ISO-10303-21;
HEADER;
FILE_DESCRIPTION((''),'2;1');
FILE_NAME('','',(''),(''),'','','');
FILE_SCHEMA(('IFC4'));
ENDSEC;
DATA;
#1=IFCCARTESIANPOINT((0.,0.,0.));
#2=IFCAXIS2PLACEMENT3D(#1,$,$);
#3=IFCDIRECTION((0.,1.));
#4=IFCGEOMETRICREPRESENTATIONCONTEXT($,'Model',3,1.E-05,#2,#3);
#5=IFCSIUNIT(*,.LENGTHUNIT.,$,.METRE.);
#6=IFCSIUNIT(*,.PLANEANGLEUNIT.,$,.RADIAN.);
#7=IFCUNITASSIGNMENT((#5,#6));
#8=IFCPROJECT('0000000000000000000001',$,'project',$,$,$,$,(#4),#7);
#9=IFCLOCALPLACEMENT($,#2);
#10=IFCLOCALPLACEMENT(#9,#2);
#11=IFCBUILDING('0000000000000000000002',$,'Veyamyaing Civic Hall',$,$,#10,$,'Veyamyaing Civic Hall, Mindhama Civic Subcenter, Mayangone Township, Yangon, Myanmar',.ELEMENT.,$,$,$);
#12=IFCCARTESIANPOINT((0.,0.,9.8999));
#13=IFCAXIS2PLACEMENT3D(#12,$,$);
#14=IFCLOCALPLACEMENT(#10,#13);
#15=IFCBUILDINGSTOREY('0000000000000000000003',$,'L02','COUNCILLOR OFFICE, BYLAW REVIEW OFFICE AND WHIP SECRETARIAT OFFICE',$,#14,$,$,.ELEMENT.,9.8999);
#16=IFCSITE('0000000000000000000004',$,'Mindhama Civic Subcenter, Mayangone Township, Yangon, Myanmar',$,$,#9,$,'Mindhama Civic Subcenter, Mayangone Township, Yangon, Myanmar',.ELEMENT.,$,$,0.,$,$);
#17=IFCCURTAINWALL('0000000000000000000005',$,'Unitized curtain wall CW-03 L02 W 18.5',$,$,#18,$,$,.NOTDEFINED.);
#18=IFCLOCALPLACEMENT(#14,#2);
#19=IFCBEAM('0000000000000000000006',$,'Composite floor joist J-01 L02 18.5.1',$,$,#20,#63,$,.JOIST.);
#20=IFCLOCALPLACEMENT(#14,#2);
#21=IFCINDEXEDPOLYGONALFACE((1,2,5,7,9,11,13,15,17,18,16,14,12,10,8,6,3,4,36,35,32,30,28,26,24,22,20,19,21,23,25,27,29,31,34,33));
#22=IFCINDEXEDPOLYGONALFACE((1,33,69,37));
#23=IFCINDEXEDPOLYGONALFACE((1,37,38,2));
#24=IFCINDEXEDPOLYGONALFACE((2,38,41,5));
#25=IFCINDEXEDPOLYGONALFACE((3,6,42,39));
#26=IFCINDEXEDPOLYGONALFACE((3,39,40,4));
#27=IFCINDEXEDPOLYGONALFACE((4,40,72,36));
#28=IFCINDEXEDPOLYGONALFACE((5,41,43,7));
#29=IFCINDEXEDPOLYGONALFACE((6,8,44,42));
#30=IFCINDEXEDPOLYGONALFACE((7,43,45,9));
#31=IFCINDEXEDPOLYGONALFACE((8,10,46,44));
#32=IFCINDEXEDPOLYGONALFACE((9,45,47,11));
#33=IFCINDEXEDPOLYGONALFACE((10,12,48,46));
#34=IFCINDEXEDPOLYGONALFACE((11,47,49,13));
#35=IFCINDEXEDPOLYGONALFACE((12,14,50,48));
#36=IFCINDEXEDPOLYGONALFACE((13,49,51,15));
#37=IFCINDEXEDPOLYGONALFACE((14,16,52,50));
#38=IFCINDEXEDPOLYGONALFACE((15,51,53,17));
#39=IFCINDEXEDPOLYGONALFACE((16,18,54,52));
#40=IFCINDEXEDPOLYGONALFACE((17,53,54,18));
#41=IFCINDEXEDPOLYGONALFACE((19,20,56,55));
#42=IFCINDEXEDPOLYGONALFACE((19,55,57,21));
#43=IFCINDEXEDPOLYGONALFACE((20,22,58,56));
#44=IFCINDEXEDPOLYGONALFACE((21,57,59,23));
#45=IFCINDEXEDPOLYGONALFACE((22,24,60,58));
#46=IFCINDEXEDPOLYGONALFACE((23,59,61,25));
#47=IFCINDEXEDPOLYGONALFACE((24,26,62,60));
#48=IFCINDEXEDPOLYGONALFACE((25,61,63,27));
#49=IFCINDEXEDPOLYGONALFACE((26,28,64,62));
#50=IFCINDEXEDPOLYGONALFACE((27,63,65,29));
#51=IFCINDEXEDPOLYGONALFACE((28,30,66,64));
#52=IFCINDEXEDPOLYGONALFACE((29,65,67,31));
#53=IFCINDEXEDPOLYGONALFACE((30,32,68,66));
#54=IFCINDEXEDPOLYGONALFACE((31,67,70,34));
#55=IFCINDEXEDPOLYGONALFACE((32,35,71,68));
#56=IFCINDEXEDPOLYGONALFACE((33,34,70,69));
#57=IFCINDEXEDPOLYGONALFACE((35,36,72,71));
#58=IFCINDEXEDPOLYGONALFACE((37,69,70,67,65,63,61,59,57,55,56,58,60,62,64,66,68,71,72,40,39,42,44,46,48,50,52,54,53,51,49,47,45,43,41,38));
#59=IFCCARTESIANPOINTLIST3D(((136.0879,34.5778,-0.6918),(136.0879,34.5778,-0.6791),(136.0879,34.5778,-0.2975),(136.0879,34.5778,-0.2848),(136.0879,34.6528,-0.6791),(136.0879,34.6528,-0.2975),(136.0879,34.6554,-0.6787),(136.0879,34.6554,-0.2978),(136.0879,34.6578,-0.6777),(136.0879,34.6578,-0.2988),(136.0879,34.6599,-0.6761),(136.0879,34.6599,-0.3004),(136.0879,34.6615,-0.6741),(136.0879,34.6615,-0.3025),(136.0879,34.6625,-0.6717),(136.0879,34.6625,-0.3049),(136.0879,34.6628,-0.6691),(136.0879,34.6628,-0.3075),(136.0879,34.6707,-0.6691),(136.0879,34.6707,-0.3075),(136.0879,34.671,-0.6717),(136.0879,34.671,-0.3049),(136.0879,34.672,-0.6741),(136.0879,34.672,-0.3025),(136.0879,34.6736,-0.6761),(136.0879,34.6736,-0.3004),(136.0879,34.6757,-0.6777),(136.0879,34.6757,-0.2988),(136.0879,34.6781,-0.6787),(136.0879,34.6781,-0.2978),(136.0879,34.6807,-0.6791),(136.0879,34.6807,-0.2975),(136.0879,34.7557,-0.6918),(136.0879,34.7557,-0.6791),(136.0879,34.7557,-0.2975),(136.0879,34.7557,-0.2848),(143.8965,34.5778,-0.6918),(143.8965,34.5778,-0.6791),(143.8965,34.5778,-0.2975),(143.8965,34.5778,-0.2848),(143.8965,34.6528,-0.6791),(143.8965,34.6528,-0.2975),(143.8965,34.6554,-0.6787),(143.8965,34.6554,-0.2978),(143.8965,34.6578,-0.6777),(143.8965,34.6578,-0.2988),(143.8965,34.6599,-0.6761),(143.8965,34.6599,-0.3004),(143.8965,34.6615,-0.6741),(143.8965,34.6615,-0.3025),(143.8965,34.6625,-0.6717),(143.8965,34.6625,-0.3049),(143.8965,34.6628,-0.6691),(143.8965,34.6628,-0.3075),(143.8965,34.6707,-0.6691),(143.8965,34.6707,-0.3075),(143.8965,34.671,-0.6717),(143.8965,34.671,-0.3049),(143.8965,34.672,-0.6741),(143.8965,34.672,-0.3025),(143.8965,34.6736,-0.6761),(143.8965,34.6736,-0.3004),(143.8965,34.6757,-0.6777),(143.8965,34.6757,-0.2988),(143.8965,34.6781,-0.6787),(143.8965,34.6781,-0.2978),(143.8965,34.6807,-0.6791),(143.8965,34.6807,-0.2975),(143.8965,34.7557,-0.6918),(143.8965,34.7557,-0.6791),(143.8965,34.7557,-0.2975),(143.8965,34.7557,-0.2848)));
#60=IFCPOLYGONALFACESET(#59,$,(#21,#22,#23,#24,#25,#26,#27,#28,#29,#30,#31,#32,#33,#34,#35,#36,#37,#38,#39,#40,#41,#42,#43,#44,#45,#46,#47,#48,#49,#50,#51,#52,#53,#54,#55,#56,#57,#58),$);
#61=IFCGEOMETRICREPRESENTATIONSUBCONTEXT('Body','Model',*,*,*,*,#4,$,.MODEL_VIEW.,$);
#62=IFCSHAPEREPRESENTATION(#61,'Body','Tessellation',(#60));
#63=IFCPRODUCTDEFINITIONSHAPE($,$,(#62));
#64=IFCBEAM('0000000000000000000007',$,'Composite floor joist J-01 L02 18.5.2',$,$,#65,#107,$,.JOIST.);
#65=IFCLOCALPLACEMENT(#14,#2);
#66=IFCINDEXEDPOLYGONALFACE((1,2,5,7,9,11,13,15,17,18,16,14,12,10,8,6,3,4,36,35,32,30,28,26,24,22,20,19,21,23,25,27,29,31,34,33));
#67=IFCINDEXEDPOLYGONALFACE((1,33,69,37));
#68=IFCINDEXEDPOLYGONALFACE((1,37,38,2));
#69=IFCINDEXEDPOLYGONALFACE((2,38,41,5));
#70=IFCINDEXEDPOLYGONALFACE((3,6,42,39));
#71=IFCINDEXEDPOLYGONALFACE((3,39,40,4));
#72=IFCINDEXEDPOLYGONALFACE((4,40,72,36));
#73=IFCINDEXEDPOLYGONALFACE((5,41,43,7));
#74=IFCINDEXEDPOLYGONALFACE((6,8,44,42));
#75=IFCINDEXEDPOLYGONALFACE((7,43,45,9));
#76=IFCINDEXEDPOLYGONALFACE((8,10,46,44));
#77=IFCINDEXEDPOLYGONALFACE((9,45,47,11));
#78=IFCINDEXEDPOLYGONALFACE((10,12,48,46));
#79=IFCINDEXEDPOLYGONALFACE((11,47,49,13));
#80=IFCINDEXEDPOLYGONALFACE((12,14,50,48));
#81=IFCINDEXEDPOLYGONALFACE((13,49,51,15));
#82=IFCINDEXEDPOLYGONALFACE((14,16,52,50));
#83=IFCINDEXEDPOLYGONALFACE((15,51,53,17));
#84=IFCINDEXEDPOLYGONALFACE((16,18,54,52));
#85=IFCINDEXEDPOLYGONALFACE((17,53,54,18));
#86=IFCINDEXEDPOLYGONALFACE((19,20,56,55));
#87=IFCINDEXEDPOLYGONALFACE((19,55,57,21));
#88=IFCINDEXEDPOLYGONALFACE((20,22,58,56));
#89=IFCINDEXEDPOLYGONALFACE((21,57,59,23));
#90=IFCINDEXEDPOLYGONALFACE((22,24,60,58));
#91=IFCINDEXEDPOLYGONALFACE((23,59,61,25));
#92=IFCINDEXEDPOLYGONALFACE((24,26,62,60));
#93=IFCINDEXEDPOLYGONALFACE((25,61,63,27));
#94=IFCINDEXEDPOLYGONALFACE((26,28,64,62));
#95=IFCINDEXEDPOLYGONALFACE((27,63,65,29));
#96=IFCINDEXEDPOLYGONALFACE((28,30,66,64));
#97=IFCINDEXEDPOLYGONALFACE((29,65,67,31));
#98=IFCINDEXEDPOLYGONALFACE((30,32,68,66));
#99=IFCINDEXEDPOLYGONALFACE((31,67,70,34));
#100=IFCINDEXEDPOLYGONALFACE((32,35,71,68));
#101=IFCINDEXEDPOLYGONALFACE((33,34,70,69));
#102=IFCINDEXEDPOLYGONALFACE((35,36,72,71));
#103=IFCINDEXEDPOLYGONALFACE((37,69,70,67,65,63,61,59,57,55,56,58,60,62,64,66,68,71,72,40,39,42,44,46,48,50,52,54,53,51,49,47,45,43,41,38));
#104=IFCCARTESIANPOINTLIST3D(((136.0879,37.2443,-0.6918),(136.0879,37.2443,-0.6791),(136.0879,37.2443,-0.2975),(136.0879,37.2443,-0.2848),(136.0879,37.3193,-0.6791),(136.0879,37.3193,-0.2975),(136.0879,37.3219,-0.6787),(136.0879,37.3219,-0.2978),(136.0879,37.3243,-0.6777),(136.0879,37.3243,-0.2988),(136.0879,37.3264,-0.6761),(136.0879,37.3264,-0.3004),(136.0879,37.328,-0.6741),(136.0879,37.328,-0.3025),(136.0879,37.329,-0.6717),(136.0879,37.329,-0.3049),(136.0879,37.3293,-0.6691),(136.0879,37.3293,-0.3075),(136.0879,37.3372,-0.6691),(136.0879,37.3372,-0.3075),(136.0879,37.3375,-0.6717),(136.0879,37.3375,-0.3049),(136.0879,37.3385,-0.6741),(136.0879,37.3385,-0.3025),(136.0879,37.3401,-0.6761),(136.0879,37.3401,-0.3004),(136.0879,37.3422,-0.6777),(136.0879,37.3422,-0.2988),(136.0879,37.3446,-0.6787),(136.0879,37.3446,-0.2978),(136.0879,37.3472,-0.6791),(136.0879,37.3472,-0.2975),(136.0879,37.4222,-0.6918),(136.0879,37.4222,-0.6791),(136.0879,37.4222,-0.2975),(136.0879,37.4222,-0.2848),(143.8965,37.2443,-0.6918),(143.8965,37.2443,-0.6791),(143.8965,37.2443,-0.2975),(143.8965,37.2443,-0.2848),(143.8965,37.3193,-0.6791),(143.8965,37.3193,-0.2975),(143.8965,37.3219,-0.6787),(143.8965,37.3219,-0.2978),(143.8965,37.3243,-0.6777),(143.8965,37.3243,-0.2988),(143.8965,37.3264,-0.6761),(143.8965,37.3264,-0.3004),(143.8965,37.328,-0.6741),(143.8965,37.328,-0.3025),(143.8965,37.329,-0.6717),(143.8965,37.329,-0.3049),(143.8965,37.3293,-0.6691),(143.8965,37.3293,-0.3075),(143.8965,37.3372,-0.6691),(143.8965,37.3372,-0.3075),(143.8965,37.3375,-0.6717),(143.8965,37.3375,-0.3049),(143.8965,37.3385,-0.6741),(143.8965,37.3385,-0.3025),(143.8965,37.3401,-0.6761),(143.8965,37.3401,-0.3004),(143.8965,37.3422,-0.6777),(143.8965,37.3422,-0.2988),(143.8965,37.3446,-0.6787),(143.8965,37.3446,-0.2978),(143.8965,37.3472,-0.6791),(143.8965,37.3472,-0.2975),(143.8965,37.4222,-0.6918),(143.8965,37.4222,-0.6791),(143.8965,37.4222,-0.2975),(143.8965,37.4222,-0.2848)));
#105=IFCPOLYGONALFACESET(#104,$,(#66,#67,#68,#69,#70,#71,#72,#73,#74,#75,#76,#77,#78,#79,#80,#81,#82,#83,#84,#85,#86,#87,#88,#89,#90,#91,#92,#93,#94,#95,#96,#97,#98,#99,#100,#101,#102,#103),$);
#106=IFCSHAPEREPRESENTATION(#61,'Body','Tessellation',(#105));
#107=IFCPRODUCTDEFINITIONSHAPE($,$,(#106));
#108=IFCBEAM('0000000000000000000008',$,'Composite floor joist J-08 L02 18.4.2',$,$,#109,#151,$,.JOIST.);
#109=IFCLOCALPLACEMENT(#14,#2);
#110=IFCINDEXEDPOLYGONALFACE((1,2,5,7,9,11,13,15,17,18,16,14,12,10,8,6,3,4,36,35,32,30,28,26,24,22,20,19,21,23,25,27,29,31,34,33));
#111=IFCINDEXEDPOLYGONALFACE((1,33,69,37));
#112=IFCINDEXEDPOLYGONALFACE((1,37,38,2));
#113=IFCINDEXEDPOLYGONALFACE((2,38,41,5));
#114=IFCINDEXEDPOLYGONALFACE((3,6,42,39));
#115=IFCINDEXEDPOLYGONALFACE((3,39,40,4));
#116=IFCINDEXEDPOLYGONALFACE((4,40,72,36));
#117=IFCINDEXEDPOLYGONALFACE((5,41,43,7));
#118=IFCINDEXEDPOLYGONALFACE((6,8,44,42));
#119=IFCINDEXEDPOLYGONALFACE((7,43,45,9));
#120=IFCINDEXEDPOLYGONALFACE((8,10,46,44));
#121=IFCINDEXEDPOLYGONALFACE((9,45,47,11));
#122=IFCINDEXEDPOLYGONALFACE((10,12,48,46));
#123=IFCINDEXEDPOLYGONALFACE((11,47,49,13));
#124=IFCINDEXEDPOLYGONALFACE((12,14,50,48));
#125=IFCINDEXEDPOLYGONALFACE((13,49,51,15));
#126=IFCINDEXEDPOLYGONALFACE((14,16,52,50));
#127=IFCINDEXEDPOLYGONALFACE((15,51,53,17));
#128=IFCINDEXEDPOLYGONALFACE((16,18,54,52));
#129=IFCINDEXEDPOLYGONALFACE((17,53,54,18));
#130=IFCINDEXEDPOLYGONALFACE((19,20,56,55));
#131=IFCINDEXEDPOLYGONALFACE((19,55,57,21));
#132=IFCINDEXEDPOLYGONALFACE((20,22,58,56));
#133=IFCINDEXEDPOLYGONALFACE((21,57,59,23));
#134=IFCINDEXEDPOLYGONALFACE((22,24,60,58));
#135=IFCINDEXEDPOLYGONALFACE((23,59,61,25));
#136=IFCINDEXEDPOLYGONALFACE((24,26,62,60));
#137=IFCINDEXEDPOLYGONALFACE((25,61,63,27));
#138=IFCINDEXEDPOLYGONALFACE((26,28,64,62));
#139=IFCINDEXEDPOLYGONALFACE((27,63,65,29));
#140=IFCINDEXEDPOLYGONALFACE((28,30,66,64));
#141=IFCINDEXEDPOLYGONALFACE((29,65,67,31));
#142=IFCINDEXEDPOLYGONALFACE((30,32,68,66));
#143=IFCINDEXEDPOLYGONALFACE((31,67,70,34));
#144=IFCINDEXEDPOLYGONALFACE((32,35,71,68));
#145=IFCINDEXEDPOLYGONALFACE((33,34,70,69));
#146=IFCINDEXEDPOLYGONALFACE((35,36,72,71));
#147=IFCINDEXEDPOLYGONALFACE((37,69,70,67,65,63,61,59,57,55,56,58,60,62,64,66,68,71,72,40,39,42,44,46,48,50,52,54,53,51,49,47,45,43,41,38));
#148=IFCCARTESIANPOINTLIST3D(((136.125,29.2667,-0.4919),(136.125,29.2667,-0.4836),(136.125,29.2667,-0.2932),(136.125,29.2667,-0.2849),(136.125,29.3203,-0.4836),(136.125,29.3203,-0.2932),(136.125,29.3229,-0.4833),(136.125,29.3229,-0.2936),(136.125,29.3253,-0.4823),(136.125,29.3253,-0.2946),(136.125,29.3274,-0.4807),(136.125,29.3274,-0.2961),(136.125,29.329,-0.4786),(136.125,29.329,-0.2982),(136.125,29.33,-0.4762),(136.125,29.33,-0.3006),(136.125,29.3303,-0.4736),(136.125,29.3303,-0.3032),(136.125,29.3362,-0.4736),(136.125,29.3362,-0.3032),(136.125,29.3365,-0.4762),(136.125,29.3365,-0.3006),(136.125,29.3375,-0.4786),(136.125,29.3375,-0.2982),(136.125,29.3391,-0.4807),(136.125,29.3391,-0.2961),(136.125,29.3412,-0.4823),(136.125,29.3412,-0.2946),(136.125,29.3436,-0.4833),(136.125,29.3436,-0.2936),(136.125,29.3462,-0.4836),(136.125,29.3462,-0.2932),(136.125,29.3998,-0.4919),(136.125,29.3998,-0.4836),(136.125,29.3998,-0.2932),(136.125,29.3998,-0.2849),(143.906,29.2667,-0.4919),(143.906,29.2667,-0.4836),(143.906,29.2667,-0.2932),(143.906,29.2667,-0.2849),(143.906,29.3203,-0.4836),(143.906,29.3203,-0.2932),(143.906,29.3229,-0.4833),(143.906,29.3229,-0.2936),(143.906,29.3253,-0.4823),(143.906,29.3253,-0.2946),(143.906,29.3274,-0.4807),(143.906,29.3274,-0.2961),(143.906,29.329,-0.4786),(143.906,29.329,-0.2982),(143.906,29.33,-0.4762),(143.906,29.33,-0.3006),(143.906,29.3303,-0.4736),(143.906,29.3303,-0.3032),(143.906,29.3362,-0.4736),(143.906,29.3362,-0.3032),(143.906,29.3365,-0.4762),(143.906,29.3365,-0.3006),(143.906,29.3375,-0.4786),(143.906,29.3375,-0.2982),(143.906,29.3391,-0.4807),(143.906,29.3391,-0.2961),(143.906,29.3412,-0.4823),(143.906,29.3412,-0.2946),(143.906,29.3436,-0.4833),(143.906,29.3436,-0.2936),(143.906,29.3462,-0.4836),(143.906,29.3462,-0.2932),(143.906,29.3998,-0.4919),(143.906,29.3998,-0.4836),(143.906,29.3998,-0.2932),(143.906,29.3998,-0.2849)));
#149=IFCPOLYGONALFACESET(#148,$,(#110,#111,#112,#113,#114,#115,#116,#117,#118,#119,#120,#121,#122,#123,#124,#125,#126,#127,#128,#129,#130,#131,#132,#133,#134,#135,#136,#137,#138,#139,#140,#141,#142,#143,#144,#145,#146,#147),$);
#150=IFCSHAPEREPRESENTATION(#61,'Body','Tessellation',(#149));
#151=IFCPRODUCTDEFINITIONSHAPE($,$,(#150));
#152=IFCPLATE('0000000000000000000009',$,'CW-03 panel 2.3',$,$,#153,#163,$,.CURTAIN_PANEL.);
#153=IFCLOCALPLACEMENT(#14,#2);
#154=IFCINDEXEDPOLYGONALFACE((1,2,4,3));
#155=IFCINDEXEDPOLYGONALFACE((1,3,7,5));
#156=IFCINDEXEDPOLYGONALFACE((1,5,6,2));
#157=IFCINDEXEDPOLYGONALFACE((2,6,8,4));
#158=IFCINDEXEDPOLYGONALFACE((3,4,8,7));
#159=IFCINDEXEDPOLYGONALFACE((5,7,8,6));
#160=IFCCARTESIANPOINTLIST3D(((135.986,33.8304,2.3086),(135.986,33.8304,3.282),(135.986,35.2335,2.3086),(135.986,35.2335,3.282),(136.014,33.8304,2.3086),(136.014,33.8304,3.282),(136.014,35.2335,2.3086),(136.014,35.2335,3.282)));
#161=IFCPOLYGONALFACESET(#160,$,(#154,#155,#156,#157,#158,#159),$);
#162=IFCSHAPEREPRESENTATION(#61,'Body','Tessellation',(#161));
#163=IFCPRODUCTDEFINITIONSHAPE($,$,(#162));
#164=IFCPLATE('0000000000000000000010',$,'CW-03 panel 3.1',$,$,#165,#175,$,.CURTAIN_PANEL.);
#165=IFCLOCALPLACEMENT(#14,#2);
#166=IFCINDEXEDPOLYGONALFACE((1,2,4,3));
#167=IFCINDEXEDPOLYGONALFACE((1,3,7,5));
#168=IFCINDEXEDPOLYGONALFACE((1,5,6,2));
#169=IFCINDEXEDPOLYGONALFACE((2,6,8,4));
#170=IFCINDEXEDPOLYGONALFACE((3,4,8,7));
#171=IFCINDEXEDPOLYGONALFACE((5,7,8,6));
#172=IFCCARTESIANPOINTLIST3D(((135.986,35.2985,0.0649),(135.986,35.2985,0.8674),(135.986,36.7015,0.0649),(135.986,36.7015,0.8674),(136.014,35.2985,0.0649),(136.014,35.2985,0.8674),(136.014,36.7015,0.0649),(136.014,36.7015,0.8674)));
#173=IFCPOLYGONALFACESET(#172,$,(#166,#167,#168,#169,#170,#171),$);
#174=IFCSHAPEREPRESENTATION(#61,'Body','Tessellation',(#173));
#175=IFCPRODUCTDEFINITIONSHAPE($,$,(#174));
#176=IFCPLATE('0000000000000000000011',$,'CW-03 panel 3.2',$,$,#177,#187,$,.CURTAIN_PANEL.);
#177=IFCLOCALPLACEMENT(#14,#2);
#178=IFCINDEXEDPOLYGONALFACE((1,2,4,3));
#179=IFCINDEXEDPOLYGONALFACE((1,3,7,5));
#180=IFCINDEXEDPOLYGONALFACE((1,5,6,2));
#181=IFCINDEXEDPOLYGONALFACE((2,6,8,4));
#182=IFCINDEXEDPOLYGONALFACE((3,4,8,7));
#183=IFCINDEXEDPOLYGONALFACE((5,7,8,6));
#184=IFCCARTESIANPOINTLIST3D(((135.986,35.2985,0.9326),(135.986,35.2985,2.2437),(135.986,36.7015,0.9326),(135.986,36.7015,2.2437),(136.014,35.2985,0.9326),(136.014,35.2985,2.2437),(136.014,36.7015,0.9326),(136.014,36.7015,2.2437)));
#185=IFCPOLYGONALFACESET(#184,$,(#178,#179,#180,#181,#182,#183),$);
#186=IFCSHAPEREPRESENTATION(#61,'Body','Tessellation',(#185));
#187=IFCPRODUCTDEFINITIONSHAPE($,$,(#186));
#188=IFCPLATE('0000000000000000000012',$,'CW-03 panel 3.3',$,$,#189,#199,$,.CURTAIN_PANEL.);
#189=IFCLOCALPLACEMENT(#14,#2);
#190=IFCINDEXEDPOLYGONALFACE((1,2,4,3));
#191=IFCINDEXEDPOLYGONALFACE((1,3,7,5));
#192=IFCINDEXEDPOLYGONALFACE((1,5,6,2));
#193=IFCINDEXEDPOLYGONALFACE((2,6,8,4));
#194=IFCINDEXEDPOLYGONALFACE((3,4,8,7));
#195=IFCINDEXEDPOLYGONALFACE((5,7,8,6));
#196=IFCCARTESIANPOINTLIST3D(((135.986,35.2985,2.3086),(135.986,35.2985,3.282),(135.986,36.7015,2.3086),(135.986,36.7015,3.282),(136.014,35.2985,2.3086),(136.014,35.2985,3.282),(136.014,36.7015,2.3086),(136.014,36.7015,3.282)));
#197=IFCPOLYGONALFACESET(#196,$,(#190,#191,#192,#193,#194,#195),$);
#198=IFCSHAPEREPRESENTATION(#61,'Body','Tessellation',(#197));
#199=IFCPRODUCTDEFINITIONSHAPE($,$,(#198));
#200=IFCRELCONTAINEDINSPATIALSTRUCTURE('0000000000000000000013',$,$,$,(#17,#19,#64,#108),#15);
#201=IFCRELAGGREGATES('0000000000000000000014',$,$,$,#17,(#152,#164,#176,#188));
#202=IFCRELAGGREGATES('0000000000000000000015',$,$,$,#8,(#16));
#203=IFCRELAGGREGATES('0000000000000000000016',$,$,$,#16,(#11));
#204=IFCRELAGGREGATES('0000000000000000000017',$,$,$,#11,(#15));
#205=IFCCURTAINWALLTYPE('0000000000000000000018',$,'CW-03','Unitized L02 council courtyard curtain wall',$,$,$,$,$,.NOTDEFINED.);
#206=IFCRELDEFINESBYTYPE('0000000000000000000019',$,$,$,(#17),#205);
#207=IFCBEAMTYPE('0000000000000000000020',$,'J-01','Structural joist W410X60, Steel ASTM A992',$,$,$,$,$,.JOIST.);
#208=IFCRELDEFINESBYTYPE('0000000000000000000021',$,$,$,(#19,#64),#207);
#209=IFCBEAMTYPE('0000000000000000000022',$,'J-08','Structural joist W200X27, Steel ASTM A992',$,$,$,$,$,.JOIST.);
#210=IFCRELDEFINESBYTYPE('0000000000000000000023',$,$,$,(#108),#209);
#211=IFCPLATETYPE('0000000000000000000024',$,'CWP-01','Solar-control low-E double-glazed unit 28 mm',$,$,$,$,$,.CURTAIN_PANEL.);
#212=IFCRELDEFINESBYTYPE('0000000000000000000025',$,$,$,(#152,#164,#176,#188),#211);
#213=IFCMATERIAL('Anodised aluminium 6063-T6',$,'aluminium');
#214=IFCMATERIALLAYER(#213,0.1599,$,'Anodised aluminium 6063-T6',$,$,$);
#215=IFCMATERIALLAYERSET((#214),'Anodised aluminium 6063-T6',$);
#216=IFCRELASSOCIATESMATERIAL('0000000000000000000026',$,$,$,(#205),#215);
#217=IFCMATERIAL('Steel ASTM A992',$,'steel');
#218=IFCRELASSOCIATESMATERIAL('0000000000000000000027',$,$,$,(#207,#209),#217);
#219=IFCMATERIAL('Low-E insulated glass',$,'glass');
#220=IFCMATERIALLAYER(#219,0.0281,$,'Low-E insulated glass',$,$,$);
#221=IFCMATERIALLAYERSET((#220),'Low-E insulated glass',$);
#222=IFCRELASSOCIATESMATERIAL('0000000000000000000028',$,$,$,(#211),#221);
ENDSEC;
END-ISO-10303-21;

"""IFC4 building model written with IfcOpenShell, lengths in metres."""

from ifc_helpers import new_model, si_unit, direction, frame, origin, origin_2d, place, context, subcontext, project, spatial, rectangle, i_section, extrude, material, layer, layer_set, material_profile, profile_set, type_object, element, aggregate, save


model = new_model("IFC4")

# Units and contexts
model_context = context("Model", 3, precision=1e-05, world=origin(), true_north=direction((0.0, 1.0)))
body_context = subcontext(model_context, "Body", "Model", "MODEL_VIEW")
ifc_project = project(units=[si_unit("LENGTHUNIT", "METRE"), si_unit("PLANEANGLEUNIT", "RADIAN")], contexts=[model_context])

# Site, building, storey
site_placement = place(None, origin())
site = spatial("IfcSite", under=ifc_project, at=site_placement, Name="Mindhama Civic Subcenter, Mayangone Township, Yangon, Myanmar", LongName="Mindhama Civic Subcenter, Mayangone Township, Yangon, Myanmar", CompositionType="ELEMENT", RefElevation=0.0)
building_placement = place(site_placement, origin())
building = spatial("IfcBuilding", under=site, at=building_placement, Name="Veyamyaing Civic Hall", LongName="Veyamyaing Civic Hall, Mindhama Civic Subcenter, Mayangone Township, Yangon, Myanmar", CompositionType="ELEMENT")
storey_placement = place(building_placement, frame((0.0, 0.0, 9.8999)))
storey = spatial("IfcBuildingStorey", under=building, at=storey_placement, Name="L02", Description="COUNCILLOR OFFICE, BYLAW REVIEW OFFICE AND WHIP SECRETARIAT OFFICE", CompositionType="ELEMENT", Elevation=9.8999)

# Shared definitions
ifc_material_1 = material(Name="Steel ASTM A992", Category="steel")

# Curtain wall
ifc_material_2 = material(Name="Anodised aluminium 6063-T6", Category="aluminium")
ifc_layer_1 = layer(ifc_material_2, 0.1599, Name="Anodised aluminium 6063-T6")
ifc_layer_set_1 = layer_set([ifc_layer_1], Name="Anodised aluminium 6063-T6")
curtain_wall_type = type_object("IfcCurtainWallType", Name="CW-03", Description="Unitized L02 council courtyard curtain wall", PredefinedType="NOTDEFINED", material=ifc_layer_set_1)
curtain_wall_placement = place(storey_placement, origin())
curtain_wall = element("IfcCurtainWall", 1, at=curtain_wall_placement, inside=storey, type_object=curtain_wall_type, Name="Unitized curtain wall CW-03 L02 W 18.5", PredefinedType="NOTDEFINED")

# Beams
ifc_material_profile_1 = material_profile(ifc_material_1, i_section(OverallWidth=0.178, OverallDepth=0.407, WebThickness=0.0078, FlangeThickness=0.0127, FilletRadius=0.01, at=origin_2d()), Name="W410X60")
ifc_profile_set_1 = profile_set([ifc_material_profile_1], Name="Steel ASTM A992")
beam_type_1 = type_object("IfcBeamType", Name="J-01", Description="Structural joist W410X60, Steel ASTM A992", PredefinedType="JOIST", material=ifc_profile_set_1)
for number, where, z_axis, x_axis, name in (
    (2, (136.0879, 34.6667, -0.4883), (1.0, 0.0, 0.0), (0.0, 1.0, 0.0), "Composite floor joist J-01 L02 18.5.1"),
    (3, (136.0879, 37.3333, -0.4883), (1.0, 0.0, 0.0), (0.0, 1.0, 0.0), "Composite floor joist J-01 L02 18.5.2"),
):
    element("IfcBeam", number, at=place(storey_placement, frame(where, z_axis=z_axis, x_axis=x_axis)), inside=storey, type_object=beam_type_1, Name=name, PredefinedType="JOIST", context=body_context, shape_type="SweptSolid", body=[
        extrude(i_section(OverallWidth=0.178, OverallDepth=0.407, WebThickness=0.0078, FlangeThickness=0.0127, FilletRadius=0.01, at=origin_2d()), origin(), (0.0, 0.0, 1.0), 7.8086),
    ])
ifc_material_profile_2 = material_profile(ifc_material_1, i_section(OverallWidth=0.1331, OverallDepth=0.207, WebThickness=0.0059, FlangeThickness=0.0083, FilletRadius=0.01, at=origin_2d()), Name="W200X27")
ifc_profile_set_2 = profile_set([ifc_material_profile_2], Name="Steel ASTM A992")
beam_type_2 = type_object("IfcBeamType", Name="J-08", Description="Structural joist W200X27, Steel ASTM A992", PredefinedType="JOIST", material=ifc_profile_set_2)
beam_1_placement = place(storey_placement, frame((136.125, 29.3333, -0.3884), z_axis=(1.0, 0.0, 0.0), x_axis=(0.0, 1.0, 0.0)))
element("IfcBeam", 4, at=beam_1_placement, inside=storey, type_object=beam_type_2, Name="Composite floor joist J-08 L02 18.4.2", PredefinedType="JOIST", context=body_context, shape_type="SweptSolid", body=[
    extrude(i_section(OverallWidth=0.1331, OverallDepth=0.207, WebThickness=0.0059, FlangeThickness=0.0083, FilletRadius=0.01, at=origin_2d()), origin(), (0.0, 0.0, 1.0), 7.781),
])

# Plates
ifc_material_3 = material(Name="Low-E insulated glass", Category="glass")
ifc_layer_2 = layer(ifc_material_3, 0.0281, Name="Low-E insulated glass")
ifc_layer_set_2 = layer_set([ifc_layer_2], Name="Low-E insulated glass")
plate_type = type_object("IfcPlateType", Name="CWP-01", Description="Solar-control low-E double-glazed unit 28 mm", PredefinedType="CURTAIN_PANEL", material=ifc_layer_set_2)
plate_1_placement = place(storey_placement, frame((136.0, 34.532, 2.3086), z_axis=(0.0, 0.0, 1.0), x_axis=(0.0, 1.0, 0.0)))
plate_1 = element("IfcPlate", 5, at=plate_1_placement, type_object=plate_type, Name="CW-03 panel 2.3", PredefinedType="CURTAIN_PANEL", context=body_context, shape_type="SweptSolid", body=[
    extrude(rectangle(XDim=1.4031, YDim=0.0281, at=origin_2d()), origin(), (0.0, 0.0, 1.0), 0.9734),
])
plate_2_placement = place(storey_placement, frame((136.0, 36.0, 0.0649), z_axis=(0.0, 0.0, 1.0), x_axis=(0.0, 1.0, 0.0)))
plate_2 = element("IfcPlate", 6, at=plate_2_placement, type_object=plate_type, Name="CW-03 panel 3.1", PredefinedType="CURTAIN_PANEL", context=body_context, shape_type="SweptSolid", body=[
    extrude(rectangle(XDim=1.4031, YDim=0.0281, at=origin_2d()), origin(), (0.0, 0.0, 1.0), 0.8025),
])
plate_3_placement = place(storey_placement, frame((136.0, 36.0, 0.9326), z_axis=(0.0, 0.0, 1.0), x_axis=(0.0, 1.0, 0.0)))
plate_3 = element("IfcPlate", 7, at=plate_3_placement, type_object=plate_type, Name="CW-03 panel 3.2", PredefinedType="CURTAIN_PANEL", context=body_context, shape_type="SweptSolid", body=[
    extrude(rectangle(XDim=1.4031, YDim=0.0281, at=origin_2d()), origin(), (0.0, 0.0, 1.0), 1.311),
])
plate_4_placement = place(storey_placement, frame((136.0, 36.0, 2.3086), z_axis=(0.0, 0.0, 1.0), x_axis=(0.0, 1.0, 0.0)))
plate_4 = element("IfcPlate", 8, at=plate_4_placement, type_object=plate_type, Name="CW-03 panel 3.3", PredefinedType="CURTAIN_PANEL", context=body_context, shape_type="SweptSolid", body=[
    extrude(rectangle(XDim=1.4031, YDim=0.0281, at=origin_2d()), origin(), (0.0, 0.0, 1.0), 0.9734),
])
aggregate(curtain_wall, [plate_1, plate_2, plate_3, plate_4])

save(model, "model.ifc")
